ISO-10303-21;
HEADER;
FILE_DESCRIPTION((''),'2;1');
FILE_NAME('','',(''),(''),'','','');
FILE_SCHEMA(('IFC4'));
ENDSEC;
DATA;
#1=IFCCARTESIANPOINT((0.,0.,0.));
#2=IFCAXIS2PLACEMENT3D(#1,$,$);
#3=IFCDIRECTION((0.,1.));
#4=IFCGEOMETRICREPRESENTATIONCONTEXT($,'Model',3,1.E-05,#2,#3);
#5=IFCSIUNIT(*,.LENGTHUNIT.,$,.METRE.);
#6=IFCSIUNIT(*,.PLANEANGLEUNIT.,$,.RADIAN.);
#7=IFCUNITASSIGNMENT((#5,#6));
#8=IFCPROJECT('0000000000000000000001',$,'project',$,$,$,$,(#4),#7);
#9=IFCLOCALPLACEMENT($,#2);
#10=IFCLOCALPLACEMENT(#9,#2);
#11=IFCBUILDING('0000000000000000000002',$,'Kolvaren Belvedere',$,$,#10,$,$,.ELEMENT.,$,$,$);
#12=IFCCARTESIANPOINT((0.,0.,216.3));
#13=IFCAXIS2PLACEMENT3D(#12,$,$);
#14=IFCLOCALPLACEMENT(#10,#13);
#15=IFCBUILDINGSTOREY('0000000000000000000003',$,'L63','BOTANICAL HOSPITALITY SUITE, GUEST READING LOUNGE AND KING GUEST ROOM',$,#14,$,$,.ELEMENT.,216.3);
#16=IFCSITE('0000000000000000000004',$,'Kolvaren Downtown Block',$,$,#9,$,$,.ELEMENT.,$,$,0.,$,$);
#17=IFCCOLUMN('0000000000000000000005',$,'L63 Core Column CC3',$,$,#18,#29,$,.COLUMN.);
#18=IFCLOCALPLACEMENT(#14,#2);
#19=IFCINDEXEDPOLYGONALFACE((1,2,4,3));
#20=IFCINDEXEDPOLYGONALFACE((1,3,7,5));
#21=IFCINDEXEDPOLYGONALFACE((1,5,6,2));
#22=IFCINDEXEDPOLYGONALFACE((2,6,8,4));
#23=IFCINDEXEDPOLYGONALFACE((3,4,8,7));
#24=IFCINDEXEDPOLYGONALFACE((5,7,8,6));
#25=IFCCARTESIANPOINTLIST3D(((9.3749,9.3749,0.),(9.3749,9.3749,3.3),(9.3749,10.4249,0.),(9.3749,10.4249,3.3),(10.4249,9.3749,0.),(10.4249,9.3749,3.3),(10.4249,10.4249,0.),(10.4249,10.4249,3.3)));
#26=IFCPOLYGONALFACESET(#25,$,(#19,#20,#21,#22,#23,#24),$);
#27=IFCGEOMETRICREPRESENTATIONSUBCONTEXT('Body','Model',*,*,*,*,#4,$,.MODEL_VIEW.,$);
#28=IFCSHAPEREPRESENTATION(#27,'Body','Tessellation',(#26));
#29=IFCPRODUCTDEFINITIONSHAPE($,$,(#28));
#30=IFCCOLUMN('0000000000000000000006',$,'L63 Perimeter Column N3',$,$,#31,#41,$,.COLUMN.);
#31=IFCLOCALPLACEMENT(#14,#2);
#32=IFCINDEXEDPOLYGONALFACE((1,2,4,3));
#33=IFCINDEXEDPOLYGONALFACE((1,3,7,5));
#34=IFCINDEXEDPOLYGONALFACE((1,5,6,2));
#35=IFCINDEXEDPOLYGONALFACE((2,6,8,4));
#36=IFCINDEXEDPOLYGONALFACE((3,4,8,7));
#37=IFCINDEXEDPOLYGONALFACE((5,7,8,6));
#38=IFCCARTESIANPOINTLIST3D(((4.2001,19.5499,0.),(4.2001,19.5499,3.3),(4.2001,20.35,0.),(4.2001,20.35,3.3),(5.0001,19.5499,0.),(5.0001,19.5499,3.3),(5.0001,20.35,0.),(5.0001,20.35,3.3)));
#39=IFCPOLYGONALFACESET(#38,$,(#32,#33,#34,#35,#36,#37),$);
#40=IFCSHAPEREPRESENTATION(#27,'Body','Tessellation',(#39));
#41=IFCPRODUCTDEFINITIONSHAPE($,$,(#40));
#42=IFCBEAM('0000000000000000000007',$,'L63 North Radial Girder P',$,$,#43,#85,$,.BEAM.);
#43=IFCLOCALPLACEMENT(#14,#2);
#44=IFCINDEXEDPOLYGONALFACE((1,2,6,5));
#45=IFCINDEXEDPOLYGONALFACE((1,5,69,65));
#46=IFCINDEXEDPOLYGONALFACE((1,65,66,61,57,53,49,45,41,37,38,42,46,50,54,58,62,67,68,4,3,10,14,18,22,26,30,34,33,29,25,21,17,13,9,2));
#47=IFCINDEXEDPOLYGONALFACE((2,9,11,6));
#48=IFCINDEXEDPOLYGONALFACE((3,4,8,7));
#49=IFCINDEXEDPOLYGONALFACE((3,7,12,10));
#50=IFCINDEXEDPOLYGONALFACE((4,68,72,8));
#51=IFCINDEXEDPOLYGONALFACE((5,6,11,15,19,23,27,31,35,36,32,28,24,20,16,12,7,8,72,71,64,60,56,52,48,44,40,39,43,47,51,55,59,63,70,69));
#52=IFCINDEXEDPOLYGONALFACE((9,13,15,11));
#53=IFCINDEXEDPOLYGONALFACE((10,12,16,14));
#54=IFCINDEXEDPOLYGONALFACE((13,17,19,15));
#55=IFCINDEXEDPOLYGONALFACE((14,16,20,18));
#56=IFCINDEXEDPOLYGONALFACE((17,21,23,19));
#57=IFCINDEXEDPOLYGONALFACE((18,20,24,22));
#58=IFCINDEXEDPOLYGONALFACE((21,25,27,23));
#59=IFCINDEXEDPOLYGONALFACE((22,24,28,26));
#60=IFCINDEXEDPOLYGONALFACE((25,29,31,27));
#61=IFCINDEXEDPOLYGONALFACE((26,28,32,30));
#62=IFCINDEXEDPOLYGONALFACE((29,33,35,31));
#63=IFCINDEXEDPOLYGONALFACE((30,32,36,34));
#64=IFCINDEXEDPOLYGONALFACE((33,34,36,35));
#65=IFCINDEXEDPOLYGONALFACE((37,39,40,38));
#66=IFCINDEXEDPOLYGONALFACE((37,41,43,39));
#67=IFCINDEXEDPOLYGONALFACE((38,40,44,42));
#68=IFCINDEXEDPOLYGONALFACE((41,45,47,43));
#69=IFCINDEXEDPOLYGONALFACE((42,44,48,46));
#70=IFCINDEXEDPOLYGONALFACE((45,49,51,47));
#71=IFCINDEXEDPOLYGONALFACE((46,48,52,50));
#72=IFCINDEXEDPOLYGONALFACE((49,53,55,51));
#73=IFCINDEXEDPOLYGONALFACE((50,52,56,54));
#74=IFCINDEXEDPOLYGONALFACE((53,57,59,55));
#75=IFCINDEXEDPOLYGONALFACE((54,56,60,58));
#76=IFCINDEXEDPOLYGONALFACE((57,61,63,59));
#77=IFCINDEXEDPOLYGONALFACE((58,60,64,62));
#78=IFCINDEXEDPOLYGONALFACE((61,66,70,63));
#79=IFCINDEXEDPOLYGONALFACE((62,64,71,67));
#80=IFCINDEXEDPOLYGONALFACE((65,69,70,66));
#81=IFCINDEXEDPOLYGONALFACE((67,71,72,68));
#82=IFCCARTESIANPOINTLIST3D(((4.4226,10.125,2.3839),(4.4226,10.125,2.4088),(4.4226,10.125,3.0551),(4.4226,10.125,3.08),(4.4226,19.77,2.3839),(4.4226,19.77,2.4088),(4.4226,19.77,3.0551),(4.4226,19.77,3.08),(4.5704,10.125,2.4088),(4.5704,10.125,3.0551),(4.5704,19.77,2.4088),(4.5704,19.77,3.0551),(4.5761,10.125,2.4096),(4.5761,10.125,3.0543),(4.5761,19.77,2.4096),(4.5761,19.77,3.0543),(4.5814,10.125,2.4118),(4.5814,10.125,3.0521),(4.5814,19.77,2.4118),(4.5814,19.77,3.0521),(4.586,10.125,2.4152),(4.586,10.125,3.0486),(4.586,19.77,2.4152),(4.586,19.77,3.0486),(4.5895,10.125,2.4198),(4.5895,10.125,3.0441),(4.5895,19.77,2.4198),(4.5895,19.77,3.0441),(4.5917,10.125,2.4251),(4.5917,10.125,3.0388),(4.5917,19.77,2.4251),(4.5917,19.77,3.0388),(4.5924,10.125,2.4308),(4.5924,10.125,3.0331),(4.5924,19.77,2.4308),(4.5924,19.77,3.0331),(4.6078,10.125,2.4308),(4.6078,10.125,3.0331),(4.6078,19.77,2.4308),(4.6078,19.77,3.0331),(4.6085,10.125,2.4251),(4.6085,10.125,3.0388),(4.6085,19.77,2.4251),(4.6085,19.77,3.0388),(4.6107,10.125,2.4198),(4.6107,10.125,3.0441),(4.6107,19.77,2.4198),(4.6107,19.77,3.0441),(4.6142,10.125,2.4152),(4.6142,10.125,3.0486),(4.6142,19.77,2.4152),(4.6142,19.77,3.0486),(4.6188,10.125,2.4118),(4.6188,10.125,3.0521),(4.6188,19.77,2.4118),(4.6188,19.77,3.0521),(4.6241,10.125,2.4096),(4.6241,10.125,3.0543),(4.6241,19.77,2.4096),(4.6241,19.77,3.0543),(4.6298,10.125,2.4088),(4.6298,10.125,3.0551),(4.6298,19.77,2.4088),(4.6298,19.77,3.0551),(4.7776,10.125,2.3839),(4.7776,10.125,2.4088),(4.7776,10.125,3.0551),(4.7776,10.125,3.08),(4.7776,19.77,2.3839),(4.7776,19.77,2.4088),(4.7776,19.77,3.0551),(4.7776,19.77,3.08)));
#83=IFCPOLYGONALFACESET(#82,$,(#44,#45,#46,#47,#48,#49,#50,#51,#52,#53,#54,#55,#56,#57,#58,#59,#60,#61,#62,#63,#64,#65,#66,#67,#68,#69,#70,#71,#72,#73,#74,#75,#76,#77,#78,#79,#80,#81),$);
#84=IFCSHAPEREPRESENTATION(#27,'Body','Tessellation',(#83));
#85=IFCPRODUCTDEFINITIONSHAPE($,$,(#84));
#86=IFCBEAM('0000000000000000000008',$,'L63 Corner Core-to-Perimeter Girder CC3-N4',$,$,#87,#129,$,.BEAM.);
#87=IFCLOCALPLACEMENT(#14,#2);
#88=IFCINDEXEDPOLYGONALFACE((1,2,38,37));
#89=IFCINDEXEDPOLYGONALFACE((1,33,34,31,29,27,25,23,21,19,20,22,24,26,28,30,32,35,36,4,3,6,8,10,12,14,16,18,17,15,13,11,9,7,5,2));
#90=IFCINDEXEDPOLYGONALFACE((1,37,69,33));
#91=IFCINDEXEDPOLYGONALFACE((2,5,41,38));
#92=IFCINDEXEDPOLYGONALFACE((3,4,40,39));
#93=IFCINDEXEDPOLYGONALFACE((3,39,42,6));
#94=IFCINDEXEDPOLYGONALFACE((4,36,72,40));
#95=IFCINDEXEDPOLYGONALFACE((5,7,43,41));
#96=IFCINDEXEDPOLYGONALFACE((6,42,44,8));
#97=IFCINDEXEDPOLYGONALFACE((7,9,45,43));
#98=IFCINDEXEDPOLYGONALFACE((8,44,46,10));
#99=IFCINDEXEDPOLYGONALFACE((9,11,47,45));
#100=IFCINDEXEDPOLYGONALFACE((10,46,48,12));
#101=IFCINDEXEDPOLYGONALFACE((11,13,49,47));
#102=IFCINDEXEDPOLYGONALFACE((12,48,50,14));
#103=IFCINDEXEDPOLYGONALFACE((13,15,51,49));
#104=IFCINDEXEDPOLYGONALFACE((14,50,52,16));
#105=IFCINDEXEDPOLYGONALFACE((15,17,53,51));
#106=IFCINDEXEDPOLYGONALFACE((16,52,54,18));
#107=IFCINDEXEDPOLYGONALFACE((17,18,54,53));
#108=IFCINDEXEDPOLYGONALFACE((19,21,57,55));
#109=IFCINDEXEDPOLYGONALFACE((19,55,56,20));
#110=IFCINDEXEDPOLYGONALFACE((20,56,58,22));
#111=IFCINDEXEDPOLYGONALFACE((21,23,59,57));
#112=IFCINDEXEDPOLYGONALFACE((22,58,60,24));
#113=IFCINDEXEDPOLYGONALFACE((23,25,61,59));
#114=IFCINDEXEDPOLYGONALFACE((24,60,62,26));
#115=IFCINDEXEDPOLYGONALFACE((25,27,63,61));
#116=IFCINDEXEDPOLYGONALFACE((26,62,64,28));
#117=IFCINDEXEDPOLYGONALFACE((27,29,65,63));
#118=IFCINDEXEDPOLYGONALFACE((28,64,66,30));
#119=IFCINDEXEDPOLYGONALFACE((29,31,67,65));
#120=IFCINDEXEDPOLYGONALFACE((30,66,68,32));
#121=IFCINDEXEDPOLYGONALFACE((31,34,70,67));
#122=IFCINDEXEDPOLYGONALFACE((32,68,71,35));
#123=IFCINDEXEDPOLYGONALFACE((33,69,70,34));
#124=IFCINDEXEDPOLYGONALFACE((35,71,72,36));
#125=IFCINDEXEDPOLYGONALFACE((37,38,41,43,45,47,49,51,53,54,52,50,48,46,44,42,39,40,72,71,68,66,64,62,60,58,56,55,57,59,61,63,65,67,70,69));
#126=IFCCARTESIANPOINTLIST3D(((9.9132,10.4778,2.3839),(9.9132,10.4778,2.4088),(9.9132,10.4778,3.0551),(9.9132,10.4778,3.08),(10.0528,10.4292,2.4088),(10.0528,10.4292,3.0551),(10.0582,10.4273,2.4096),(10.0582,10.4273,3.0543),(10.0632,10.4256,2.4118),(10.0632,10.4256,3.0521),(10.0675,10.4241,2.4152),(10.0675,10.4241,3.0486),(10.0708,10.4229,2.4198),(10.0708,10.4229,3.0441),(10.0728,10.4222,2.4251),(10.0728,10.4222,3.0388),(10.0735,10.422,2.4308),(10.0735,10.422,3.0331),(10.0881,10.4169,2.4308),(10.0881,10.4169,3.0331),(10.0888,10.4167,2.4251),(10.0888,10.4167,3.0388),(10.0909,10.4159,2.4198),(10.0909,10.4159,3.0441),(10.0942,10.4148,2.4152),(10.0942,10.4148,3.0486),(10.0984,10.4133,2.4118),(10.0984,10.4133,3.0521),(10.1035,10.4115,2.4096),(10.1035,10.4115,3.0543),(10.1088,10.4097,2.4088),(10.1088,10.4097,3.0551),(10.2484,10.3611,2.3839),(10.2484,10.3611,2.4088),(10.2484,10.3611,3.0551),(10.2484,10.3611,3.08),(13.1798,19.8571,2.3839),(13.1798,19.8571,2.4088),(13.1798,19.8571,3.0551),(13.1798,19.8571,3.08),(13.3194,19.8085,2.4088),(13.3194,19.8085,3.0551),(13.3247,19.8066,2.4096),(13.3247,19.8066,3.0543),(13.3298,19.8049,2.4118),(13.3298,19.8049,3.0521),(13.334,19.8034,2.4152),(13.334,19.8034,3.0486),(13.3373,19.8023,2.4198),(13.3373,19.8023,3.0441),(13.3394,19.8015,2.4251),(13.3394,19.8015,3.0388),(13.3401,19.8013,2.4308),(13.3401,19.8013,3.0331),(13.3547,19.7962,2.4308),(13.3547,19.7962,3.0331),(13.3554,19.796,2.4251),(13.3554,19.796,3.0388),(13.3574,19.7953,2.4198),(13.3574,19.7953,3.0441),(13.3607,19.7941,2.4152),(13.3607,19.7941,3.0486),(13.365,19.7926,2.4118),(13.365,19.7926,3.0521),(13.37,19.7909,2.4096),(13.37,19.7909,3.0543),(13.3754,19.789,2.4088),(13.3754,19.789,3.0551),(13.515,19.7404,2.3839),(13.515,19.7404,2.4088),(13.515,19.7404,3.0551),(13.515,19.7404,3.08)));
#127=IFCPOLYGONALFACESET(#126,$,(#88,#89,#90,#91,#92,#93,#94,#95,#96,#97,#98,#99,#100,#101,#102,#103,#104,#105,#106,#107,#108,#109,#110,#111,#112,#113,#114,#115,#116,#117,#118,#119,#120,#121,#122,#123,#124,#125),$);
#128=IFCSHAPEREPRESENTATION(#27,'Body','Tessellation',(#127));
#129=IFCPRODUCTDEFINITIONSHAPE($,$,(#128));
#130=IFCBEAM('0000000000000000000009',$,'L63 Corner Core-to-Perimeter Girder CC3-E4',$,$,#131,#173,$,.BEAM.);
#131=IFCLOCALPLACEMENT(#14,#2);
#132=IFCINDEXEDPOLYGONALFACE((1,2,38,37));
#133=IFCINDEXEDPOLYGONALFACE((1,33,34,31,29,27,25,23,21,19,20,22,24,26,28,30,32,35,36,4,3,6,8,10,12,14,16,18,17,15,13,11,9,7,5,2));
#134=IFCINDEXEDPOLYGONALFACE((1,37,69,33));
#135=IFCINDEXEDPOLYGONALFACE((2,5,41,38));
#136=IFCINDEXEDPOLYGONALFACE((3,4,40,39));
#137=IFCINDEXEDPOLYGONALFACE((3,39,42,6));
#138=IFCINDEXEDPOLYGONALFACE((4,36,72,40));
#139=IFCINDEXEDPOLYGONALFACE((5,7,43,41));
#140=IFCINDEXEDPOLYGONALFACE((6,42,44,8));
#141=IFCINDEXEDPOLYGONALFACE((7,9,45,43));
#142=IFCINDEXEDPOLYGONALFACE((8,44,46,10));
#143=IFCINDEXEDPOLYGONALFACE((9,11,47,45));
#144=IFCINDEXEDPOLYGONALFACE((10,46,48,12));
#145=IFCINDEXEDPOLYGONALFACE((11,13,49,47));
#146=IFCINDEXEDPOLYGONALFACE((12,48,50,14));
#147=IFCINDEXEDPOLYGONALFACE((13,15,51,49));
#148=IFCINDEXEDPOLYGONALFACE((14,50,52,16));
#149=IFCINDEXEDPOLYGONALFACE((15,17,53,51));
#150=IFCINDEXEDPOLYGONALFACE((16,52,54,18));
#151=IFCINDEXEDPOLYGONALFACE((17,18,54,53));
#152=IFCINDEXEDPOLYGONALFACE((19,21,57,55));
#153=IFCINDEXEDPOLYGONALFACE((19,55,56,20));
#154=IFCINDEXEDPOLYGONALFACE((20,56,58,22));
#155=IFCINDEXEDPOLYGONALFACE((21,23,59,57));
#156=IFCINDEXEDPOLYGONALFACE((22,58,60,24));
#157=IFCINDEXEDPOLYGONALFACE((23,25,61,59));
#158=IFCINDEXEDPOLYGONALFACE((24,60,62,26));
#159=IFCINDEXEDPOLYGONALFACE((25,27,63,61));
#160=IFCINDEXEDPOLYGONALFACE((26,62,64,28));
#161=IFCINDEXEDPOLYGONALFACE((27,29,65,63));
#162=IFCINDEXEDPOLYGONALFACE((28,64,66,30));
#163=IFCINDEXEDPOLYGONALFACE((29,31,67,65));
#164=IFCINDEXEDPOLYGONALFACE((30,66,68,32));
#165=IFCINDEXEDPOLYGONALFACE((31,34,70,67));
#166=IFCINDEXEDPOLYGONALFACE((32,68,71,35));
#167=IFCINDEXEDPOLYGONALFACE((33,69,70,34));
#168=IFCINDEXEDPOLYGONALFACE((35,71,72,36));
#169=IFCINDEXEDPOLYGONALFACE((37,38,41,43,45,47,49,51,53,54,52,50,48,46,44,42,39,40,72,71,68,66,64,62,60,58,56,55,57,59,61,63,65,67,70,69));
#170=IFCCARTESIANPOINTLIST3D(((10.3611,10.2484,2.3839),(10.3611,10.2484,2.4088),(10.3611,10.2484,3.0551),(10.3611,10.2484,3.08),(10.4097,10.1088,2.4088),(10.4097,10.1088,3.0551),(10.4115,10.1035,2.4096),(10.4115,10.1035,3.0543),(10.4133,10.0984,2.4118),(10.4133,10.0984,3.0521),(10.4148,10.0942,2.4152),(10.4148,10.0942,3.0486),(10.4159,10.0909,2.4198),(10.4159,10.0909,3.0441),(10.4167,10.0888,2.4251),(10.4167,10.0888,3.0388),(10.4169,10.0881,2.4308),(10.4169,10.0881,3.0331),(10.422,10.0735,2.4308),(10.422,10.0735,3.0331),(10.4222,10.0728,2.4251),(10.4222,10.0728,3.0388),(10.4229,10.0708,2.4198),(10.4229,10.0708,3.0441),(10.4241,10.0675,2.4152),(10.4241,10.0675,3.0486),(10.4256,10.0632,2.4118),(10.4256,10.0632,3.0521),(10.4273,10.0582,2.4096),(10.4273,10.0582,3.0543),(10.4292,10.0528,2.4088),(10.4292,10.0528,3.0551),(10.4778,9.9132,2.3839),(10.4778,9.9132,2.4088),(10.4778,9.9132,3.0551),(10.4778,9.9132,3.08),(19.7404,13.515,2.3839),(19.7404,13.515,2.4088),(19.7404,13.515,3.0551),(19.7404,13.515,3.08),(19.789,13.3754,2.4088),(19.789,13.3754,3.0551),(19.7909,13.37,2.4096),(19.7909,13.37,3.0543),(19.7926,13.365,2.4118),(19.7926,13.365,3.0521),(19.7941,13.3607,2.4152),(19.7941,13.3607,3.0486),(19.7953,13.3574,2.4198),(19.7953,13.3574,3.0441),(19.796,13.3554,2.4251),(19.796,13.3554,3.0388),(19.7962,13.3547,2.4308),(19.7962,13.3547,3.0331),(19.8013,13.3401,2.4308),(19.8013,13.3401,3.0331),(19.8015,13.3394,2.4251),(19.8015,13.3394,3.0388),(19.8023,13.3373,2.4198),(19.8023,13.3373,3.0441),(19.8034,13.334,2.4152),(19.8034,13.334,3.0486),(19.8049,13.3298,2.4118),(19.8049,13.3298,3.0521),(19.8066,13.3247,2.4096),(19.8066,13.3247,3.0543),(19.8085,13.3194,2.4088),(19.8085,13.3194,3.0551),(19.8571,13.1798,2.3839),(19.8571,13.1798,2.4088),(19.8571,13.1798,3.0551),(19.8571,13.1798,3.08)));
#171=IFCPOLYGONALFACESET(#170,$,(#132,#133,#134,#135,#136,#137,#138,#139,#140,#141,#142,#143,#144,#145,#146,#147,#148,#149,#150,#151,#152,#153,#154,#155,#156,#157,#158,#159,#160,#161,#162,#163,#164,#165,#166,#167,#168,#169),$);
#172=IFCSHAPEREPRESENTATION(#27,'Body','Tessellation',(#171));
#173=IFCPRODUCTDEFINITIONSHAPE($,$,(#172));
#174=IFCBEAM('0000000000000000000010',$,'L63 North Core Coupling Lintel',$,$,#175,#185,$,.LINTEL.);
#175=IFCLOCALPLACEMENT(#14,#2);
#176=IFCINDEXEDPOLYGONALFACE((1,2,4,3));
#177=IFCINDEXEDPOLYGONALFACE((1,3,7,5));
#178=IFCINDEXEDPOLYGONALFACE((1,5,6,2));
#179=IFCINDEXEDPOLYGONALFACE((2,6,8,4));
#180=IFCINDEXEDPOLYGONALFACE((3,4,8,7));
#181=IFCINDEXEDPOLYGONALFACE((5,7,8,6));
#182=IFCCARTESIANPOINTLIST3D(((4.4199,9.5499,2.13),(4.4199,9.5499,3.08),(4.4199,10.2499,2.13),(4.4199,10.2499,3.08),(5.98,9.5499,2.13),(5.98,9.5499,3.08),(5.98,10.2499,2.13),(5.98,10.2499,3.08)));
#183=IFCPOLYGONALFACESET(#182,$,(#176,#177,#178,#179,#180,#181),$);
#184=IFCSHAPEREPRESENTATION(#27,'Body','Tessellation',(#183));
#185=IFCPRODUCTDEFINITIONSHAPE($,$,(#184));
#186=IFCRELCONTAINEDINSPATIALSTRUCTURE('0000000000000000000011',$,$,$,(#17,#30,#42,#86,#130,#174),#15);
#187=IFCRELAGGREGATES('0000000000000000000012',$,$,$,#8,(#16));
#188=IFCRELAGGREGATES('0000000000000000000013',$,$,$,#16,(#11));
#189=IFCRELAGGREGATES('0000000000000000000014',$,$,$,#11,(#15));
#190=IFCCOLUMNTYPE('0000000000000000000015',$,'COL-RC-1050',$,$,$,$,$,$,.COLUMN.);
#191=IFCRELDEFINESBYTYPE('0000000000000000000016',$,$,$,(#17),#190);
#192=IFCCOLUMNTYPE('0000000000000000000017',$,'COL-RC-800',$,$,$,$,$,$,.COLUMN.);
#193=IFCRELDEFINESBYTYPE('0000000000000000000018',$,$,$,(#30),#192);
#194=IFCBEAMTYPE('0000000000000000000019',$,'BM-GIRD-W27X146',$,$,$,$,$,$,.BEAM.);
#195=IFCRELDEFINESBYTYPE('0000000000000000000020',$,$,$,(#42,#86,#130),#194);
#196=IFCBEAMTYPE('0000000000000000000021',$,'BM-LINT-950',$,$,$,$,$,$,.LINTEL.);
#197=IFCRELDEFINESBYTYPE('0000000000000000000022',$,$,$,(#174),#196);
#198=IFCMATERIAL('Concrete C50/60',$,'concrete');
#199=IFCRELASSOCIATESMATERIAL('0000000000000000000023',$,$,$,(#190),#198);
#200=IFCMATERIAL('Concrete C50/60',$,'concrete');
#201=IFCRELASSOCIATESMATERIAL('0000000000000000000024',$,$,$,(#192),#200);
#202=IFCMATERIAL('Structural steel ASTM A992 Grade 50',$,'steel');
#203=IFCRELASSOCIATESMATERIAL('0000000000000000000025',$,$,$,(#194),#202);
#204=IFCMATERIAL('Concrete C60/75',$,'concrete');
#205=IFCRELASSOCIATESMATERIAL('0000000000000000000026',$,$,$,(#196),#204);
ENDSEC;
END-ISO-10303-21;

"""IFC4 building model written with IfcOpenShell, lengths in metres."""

from ifc_helpers import new_model, si_unit, direction, frame, origin, origin_2d, place, context, subcontext, project, spatial, rectangle, i_section, extrude, material, material_profile, profile_set, type_object, element, save


model = new_model("IFC4")

# Units and contexts
model_context = context("Model", 3, precision=1e-05, world=origin(), true_north=direction((0.0, 1.0)))
body_context = subcontext(model_context, "Body", "Model", "MODEL_VIEW")
ifc_project = project(units=[si_unit("LENGTHUNIT", "METRE"), si_unit("PLANEANGLEUNIT", "RADIAN")], contexts=[model_context])

# Site, building, storey
site_placement = place(None, origin())
site = spatial("IfcSite", under=ifc_project, at=site_placement, Name="Kolvaren Downtown Block", CompositionType="ELEMENT", RefElevation=0.0)
building_placement = place(site_placement, origin())
building = spatial("IfcBuilding", under=site, at=building_placement, Name="Kolvaren Belvedere", CompositionType="ELEMENT")
storey_placement = place(building_placement, frame((0.0, 0.0, 216.3)))
storey = spatial("IfcBuildingStorey", under=building, at=storey_placement, Name="L63", Description="BOTANICAL HOSPITALITY SUITE, GUEST READING LOUNGE AND KING GUEST ROOM", CompositionType="ELEMENT", Elevation=216.3)

# Columns
ifc_material_1 = material(Name="Concrete C50/60", Category="concrete")
ifc_material_profile_1 = material_profile(ifc_material_1, rectangle(XDim=1.05, YDim=1.05, at=origin_2d()), Name="RC 1050X1050")
ifc_profile_set_1 = profile_set([ifc_material_profile_1], Name="Concrete C50/60")
column_type_1 = type_object("IfcColumnType", Name="COL-RC-1050", PredefinedType="COLUMN", material=ifc_profile_set_1)
column_1_placement = place(storey_placement, frame((9.8999, 9.8999, 0.0), z_axis=(0.0, 0.0, 1.0), x_axis=(1.0, 0.0, 0.0)))
element("IfcColumn", 1, at=column_1_placement, inside=storey, type_object=column_type_1, Name="L63 Core Column CC3", PredefinedType="COLUMN", context=body_context, shape_type="SweptSolid", body=[
    extrude(rectangle(XDim=1.05, YDim=1.05, at=origin_2d()), origin(), (0.0, 0.0, 1.0), 3.3),
])
ifc_material_2 = material(Name="Concrete C50/60", Category="concrete")
ifc_material_profile_2 = material_profile(ifc_material_2, rectangle(XDim=0.8, YDim=0.8, at=origin_2d()), Name="RC 800X800")
ifc_profile_set_2 = profile_set([ifc_material_profile_2], Name="Concrete C50/60")
column_type_2 = type_object("IfcColumnType", Name="COL-RC-800", PredefinedType="COLUMN", material=ifc_profile_set_2)
column_2_placement = place(storey_placement, frame((4.6001, 19.95, 0.0), z_axis=(0.0, 0.0, 1.0), x_axis=(1.0, 0.0, 0.0)))
element("IfcColumn", 2, at=column_2_placement, inside=storey, type_object=column_type_2, Name="L63 Perimeter Column N3", PredefinedType="COLUMN", context=body_context, shape_type="SweptSolid", body=[
    extrude(rectangle(XDim=0.8, YDim=0.8, at=origin_2d()), origin(), (0.0, 0.0, 1.0), 3.3),
])

# Beams
ifc_material_3 = material(Name="Structural steel ASTM A992 Grade 50", Category="steel")
ifc_material_profile_3 = material_profile(ifc_material_3, i_section(OverallWidth=0.355, OverallDepth=0.696, WebThickness=0.0154, FlangeThickness=0.0249, FilletRadius=0.022, at=origin_2d()), Name="W27X146")
ifc_profile_set_3 = profile_set([ifc_material_profile_3], Name="Structural steel ASTM A992 Grade 50")
beam_type_1 = type_object("IfcBeamType", Name="BM-GIRD-W27X146", PredefinedType="BEAM", material=ifc_profile_set_3)
beam_1_placement = place(storey_placement, frame((4.6001, 10.125, 2.7319), z_axis=(0.0, 1.0, 0.0), x_axis=(-1.0, 0.0, 0.0)))
element("IfcBeam", 3, at=beam_1_placement, inside=storey, type_object=beam_type_1, Name="L63 North Radial Girder P", PredefinedType="BEAM", context=body_context, shape_type="SweptSolid", body=[
    extrude(i_section(OverallWidth=0.355, OverallDepth=0.696, WebThickness=0.0154, FlangeThickness=0.0249, FilletRadius=0.022, at=origin_2d()), origin(), (0.0, 0.0, 1.0), 9.645),
])
for number, where, z_axis, x_axis, name in (
    (4, (10.0808, 10.4194, 2.7319), (0.328898, 0.944365, 0.0), (-0.944365, 0.328898, 0.0), "L63 Corner Core-to-Perimeter Girder CC3-N4"),
    (5, (10.4194, 10.0808, 2.7319), (0.944365, 0.328898, 0.0), (-0.328898, 0.944365, 0.0), "L63 Corner Core-to-Perimeter Girder CC3-E4"),
):
    element("IfcBeam", number, at=place(storey_placement, frame(where, z_axis=z_axis, x_axis=x_axis)), inside=storey, type_object=beam_type_1, Name=name, PredefinedType="BEAM", context=body_context, shape_type="SweptSolid", body=[
        extrude(i_section(OverallWidth=0.355, OverallDepth=0.696, WebThickness=0.0154, FlangeThickness=0.0249, FilletRadius=0.022, at=origin_2d()), origin(), (0.0, 0.0, 1.0), 9.9319),
    ])
ifc_material_4 = material(Name="Concrete C60/75", Category="concrete")
ifc_material_profile_4 = material_profile(ifc_material_4, rectangle(XDim=0.7, YDim=0.95, at=origin_2d()), Name="RC 700X950")
ifc_profile_set_4 = profile_set([ifc_material_profile_4], Name="Concrete C60/75")
beam_type_2 = type_object("IfcBeamType", Name="BM-LINT-950", PredefinedType="LINTEL", material=ifc_profile_set_4)
beam_2_placement = place(storey_placement, frame((4.4199, 9.8999, 2.605), z_axis=(1.0, 0.0, 0.0), x_axis=(0.0, 1.0, 0.0)))
element("IfcBeam", 6, at=beam_2_placement, inside=storey, type_object=beam_type_2, Name="L63 North Core Coupling Lintel", PredefinedType="LINTEL", context=body_context, shape_type="SweptSolid", body=[
    extrude(rectangle(XDim=0.7, YDim=0.95, at=origin_2d()), origin(), (0.0, 0.0, 1.0), 1.5601),
])

save(model, "model.ifc")
